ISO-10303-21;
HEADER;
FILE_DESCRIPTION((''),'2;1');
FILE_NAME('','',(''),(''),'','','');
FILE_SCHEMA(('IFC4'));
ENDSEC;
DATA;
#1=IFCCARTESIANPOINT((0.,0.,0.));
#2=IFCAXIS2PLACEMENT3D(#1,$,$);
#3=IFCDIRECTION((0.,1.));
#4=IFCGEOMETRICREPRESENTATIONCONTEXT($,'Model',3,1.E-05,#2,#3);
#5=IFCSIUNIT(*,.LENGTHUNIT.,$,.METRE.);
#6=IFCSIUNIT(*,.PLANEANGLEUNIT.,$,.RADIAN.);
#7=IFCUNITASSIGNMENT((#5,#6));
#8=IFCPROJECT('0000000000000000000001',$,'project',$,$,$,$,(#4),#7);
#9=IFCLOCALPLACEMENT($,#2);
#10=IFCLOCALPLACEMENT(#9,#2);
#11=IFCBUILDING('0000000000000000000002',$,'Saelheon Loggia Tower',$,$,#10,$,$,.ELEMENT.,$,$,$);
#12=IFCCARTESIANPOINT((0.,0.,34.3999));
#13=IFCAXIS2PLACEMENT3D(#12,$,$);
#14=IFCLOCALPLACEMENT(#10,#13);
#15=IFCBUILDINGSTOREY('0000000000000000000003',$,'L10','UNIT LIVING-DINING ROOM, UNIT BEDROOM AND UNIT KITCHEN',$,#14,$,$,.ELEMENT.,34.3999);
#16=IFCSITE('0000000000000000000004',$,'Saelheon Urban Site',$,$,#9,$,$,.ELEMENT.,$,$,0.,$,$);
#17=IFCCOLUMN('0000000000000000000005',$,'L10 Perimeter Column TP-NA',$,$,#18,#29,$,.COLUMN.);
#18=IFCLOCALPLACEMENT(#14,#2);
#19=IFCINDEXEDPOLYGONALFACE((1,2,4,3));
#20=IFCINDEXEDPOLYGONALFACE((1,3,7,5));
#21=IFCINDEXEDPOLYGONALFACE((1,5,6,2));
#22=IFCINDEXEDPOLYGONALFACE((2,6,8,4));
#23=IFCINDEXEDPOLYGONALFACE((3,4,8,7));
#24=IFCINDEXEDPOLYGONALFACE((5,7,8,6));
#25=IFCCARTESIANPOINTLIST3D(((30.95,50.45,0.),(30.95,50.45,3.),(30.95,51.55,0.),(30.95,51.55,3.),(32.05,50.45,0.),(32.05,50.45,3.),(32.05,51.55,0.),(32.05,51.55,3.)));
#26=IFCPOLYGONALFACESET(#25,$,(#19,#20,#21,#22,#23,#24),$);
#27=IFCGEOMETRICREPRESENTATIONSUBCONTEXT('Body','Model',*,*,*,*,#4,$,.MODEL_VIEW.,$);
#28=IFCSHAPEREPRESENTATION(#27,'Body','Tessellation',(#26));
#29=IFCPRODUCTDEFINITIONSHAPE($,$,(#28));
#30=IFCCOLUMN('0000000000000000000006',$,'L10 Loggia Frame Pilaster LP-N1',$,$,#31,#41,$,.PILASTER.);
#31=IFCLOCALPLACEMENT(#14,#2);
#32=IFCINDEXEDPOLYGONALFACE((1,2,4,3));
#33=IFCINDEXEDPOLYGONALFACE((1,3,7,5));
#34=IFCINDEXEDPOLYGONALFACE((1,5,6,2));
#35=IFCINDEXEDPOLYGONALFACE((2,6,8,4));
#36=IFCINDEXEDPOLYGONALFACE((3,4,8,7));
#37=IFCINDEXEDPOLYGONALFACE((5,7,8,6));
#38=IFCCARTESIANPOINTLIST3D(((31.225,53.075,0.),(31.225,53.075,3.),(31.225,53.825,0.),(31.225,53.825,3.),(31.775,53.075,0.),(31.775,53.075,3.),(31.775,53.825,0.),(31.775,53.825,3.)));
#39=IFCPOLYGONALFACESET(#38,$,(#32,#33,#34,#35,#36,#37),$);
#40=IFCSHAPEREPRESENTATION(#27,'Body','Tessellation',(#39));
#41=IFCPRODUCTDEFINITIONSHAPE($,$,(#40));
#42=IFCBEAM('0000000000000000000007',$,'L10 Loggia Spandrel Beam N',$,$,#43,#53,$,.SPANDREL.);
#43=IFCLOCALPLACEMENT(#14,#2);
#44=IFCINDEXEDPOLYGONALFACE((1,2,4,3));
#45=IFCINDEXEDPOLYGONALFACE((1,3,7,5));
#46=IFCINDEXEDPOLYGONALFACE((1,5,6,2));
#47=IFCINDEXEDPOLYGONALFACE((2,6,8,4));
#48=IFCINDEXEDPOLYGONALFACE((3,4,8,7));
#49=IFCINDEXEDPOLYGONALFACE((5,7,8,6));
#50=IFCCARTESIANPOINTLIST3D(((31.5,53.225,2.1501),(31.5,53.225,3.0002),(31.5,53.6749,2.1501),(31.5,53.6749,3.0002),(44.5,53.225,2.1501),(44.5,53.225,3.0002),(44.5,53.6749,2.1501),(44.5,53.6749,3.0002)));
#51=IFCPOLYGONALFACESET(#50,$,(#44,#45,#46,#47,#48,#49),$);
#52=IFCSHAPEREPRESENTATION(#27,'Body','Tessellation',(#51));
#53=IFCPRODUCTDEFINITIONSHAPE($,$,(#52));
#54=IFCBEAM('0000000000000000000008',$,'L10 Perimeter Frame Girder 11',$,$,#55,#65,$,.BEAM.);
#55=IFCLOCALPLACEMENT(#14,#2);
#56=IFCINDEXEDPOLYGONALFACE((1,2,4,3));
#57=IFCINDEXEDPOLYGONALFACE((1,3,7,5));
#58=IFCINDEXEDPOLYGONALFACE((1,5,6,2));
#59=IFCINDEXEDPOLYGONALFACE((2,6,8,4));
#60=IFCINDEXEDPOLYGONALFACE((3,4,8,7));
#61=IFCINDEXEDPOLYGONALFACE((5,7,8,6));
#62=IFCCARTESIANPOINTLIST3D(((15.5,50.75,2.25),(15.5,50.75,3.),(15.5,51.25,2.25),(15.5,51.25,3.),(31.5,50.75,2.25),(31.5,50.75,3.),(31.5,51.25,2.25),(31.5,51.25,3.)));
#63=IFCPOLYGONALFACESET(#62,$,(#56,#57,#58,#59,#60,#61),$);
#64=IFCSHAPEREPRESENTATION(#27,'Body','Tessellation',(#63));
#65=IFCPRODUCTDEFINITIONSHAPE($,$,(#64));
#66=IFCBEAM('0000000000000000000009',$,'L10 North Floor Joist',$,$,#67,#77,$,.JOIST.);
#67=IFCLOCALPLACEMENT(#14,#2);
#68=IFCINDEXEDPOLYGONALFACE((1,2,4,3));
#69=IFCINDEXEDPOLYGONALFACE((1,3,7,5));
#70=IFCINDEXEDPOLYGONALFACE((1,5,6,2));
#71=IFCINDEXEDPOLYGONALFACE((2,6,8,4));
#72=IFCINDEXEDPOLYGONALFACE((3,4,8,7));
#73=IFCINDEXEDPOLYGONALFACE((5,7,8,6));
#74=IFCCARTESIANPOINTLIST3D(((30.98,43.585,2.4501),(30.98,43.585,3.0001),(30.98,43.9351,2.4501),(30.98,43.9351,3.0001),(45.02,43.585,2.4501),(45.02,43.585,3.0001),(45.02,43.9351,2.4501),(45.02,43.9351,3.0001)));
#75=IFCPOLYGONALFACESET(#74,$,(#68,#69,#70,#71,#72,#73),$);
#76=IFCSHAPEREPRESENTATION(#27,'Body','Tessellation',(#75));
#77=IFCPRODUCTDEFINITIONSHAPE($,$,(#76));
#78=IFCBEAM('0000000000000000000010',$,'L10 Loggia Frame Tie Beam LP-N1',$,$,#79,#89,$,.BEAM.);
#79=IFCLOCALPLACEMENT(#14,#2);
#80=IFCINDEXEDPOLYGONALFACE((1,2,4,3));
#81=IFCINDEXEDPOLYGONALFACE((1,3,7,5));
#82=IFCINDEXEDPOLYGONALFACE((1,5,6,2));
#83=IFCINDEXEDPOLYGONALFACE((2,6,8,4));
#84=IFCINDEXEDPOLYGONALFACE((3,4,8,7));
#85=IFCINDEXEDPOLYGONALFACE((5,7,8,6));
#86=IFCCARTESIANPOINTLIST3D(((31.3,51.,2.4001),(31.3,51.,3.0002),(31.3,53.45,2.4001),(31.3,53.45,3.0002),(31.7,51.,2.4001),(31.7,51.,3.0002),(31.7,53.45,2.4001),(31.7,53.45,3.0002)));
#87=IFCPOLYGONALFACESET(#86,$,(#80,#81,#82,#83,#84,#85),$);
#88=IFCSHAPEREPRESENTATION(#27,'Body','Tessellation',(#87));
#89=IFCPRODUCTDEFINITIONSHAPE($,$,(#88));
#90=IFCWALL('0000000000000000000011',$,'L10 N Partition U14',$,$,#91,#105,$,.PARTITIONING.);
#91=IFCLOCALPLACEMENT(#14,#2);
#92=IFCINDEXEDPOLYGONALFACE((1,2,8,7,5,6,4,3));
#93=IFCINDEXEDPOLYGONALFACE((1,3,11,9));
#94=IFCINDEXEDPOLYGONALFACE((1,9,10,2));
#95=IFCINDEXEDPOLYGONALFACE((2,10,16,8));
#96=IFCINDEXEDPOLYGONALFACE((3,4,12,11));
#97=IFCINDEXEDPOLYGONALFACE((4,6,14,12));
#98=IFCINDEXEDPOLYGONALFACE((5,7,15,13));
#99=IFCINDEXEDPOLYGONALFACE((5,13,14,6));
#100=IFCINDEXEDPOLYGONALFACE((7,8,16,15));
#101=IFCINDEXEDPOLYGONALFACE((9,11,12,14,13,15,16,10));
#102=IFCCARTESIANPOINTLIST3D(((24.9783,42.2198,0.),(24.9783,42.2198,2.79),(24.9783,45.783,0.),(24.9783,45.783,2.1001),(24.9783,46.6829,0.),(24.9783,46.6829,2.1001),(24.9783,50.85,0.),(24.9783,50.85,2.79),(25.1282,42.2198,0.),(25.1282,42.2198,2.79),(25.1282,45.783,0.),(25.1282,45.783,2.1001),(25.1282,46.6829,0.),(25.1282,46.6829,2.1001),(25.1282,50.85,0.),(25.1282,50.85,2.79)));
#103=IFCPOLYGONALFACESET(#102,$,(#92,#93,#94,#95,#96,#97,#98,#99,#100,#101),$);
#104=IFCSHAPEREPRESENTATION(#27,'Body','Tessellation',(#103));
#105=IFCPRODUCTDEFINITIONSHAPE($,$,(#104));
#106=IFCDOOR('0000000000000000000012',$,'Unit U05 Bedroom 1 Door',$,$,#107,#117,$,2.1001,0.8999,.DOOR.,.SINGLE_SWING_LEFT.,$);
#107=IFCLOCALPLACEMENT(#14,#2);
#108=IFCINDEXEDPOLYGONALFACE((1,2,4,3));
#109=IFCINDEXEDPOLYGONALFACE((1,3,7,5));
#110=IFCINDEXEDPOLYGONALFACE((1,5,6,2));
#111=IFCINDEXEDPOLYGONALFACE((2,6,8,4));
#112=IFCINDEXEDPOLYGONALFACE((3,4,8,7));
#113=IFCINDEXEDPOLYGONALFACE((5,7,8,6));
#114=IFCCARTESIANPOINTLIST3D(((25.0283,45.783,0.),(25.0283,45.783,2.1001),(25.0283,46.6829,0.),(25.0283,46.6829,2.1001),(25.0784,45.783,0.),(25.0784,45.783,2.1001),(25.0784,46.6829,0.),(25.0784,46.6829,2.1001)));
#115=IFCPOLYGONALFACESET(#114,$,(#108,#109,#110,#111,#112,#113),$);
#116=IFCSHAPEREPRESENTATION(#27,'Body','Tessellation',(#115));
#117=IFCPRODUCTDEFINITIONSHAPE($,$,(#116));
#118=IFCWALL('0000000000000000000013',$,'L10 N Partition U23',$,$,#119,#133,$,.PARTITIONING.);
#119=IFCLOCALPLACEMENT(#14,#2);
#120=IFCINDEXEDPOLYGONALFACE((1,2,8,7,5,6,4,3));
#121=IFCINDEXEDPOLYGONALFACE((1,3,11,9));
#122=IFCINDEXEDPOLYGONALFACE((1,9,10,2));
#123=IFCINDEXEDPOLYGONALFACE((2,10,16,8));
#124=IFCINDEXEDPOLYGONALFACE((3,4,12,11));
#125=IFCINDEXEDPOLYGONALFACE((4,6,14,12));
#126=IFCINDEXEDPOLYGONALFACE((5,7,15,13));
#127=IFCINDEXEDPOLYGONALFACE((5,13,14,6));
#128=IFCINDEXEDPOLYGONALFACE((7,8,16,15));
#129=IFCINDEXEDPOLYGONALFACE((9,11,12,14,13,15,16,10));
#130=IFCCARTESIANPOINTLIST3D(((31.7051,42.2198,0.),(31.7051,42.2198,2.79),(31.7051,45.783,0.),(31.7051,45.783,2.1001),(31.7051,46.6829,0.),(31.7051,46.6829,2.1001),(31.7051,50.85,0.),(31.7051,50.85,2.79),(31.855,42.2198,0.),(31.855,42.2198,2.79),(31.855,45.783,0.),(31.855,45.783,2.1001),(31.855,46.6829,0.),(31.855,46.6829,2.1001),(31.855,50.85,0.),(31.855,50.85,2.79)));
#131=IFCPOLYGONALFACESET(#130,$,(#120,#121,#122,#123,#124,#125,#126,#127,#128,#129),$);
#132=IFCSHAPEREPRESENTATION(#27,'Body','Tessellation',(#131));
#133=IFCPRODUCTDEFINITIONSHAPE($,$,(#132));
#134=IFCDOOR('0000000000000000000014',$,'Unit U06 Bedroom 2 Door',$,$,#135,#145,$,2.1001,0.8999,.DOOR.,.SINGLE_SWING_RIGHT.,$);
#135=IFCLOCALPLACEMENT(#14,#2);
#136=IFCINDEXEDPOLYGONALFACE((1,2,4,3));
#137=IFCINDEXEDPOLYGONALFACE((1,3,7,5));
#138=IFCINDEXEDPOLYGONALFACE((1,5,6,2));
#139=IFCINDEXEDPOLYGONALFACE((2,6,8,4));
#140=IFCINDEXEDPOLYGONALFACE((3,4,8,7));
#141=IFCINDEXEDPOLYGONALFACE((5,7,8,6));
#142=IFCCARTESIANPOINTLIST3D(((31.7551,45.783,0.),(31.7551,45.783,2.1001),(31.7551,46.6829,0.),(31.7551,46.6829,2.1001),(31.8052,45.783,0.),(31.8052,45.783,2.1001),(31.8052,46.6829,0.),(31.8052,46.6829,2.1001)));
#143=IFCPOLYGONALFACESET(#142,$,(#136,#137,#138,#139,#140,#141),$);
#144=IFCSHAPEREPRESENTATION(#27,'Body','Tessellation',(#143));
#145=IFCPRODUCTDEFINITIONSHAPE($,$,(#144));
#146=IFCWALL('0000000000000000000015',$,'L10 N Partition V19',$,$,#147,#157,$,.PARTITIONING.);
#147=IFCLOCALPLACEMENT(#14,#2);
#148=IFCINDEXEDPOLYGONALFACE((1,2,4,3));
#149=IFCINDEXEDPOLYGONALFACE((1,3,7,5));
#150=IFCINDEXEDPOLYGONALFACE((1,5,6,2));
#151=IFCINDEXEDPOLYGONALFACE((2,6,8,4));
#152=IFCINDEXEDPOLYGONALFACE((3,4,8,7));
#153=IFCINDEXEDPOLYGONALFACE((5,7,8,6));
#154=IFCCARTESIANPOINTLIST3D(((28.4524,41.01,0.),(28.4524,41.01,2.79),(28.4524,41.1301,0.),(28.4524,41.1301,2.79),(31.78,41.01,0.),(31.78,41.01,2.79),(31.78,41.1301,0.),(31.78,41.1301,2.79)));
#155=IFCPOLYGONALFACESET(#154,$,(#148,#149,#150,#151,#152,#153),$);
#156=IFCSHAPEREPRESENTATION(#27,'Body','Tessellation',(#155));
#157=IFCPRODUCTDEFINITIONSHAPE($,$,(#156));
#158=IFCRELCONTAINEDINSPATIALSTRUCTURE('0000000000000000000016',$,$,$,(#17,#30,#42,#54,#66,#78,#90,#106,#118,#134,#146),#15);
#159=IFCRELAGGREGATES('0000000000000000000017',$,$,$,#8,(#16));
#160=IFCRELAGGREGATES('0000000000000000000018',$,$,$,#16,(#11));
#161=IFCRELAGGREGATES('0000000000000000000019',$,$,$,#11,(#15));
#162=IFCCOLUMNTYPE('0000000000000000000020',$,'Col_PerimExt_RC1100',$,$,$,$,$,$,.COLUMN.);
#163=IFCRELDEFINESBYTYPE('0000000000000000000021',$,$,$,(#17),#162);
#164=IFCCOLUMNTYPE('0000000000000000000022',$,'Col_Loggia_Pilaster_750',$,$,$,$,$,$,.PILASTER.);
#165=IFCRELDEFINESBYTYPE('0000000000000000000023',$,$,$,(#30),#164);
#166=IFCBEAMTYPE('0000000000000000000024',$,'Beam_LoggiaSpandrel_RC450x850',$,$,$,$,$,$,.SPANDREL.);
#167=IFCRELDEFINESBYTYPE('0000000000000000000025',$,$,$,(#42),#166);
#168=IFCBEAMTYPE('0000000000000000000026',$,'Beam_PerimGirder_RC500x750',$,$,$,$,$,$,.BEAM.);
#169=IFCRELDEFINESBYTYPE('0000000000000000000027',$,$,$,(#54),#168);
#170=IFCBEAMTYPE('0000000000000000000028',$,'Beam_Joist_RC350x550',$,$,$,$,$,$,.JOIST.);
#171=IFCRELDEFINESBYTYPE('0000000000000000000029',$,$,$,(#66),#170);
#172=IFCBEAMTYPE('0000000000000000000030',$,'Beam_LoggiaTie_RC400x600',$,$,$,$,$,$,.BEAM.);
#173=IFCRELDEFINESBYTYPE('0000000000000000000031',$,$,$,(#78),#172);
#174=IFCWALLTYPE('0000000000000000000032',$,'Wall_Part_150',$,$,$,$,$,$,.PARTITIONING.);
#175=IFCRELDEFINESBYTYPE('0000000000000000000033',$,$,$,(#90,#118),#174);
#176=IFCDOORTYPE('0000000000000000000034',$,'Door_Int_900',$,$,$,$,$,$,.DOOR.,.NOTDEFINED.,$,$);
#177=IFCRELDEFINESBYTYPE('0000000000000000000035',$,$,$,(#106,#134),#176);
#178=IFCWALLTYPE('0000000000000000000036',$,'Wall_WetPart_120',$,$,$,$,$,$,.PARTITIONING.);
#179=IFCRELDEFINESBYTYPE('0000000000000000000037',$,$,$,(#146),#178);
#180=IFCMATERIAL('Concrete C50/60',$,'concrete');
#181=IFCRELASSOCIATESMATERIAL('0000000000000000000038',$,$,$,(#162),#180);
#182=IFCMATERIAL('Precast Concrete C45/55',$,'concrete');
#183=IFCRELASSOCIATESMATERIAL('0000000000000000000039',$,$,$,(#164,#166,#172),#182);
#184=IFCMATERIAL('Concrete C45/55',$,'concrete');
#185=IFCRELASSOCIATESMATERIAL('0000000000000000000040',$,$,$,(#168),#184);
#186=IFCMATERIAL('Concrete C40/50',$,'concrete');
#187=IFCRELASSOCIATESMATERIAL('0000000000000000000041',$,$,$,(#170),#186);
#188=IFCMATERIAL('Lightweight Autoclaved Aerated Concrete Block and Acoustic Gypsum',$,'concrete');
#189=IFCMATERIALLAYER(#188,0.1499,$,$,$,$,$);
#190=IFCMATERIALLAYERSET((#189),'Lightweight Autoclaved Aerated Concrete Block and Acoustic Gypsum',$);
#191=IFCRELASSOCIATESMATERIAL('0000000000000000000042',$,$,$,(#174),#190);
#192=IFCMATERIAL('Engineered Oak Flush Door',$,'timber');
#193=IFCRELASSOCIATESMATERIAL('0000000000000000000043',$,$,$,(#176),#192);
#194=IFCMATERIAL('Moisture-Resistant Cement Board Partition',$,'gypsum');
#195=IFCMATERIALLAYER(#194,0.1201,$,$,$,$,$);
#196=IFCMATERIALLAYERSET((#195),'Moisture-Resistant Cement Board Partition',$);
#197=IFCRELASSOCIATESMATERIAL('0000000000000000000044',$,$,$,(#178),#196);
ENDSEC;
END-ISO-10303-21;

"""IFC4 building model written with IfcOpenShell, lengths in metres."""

from ifc_helpers import new_model, si_unit, direction, frame, frame_2d, origin, origin_2d, place, context, subcontext, project, spatial, rectangle, extrude, source, transform, mapped, material, layer, layer_set, material_profile, profile_set, type_object, element, fill, save


model = new_model("IFC4")

# Units and contexts
model_context = context("Model", 3, precision=1e-05, world=origin(), true_north=direction((0.0, 1.0)))
body_context = subcontext(model_context, "Body", "Model", "MODEL_VIEW")
ifc_project = project(units=[si_unit("LENGTHUNIT", "METRE"), si_unit("PLANEANGLEUNIT", "RADIAN")], contexts=[model_context])

# Site, building, storey
site_placement = place(None, origin())
site = spatial("IfcSite", under=ifc_project, at=site_placement, Name="Saelheon Urban Site", CompositionType="ELEMENT", RefElevation=0.0)
building_placement = place(site_placement, origin())
building = spatial("IfcBuilding", under=site, at=building_placement, Name="Saelheon Loggia Tower", CompositionType="ELEMENT")
storey_placement = place(building_placement, frame((0.0, 0.0, 34.3999)))
storey = spatial("IfcBuildingStorey", under=building, at=storey_placement, Name="L10", Description="UNIT LIVING-DINING ROOM, UNIT BEDROOM AND UNIT KITCHEN", CompositionType="ELEMENT", Elevation=34.3999)

# Columns
ifc_material_1 = material(Name="Concrete C50/60", Category="concrete")
ifc_material_profile_1 = material_profile(ifc_material_1, rectangle(XDim=1.1001, YDim=1.1001, at=origin_2d()), Name="RC-1100x1100")
ifc_profile_set_1 = profile_set([ifc_material_profile_1], Name="Concrete C50/60")
column_type_1 = type_object("IfcColumnType", Name="Col_PerimExt_RC1100", PredefinedType="COLUMN", material=ifc_profile_set_1)
shared_shape_1 = source(origin(), body_context, "Body", "SweptSolid", [
    extrude(rectangle(XDim=1.1001, YDim=1.1001, at=origin_2d()), origin(), (0.0, 0.0, 1.0), 3.0),
])
column_1_placement = place(storey_placement, frame((31.5, 51.0, 0.0), z_axis=(0.0, 0.0, 1.0), x_axis=(1.0, 0.0, 0.0)))
element("IfcColumn", 1, at=column_1_placement, inside=storey, type_object=column_type_1, Name="L10 Perimeter Column TP-NA", PredefinedType="COLUMN", context=body_context, shape_type="MappedRepresentation", body=[
    mapped(shared_shape_1, transform((0.0, 0.0, 0.0), scale=1.0)),
])
ifc_material_2 = material(Name="Precast Concrete C45/55", Category="concrete")
ifc_material_profile_2 = material_profile(ifc_material_2, rectangle(XDim=0.55, YDim=0.75, at=origin_2d()), Name="RC-550x750")
ifc_profile_set_2 = profile_set([ifc_material_profile_2], Name="Precast Concrete C45/55")
column_type_2 = type_object("IfcColumnType", Name="Col_Loggia_Pilaster_750", PredefinedType="PILASTER", material=ifc_profile_set_2)
shared_shape_2 = source(origin(), body_context, "Body", "SweptSolid", [
    extrude(rectangle(XDim=0.55, YDim=0.75, at=origin_2d()), origin(), (0.0, 0.0, 1.0), 3.0),
])
column_2_placement = place(storey_placement, frame((31.5, 53.45, 0.0), z_axis=(0.0, 0.0, 1.0), x_axis=(1.0, 0.0, 0.0)))
element("IfcColumn", 2, at=column_2_placement, inside=storey, type_object=column_type_2, Name="L10 Loggia Frame Pilaster LP-N1", PredefinedType="PILASTER", context=body_context, shape_type="MappedRepresentation", body=[
    mapped(shared_shape_2, transform((0.0, 0.0, 0.0), scale=1.0)),
])

# Beams
ifc_material_profile_3 = material_profile(ifc_material_2, rectangle(XDim=0.45, YDim=0.8501, at=origin_2d()), Name="RC-450x850")
ifc_profile_set_3 = profile_set([ifc_material_profile_3], Name="Precast Concrete C45/55")
beam_type_1 = type_object("IfcBeamType", Name="Beam_LoggiaSpandrel_RC450x850", PredefinedType="SPANDREL", material=ifc_profile_set_3)
shared_shape_3 = source(origin(), body_context, "Body", "SweptSolid", [
    extrude(rectangle(XDim=0.45, YDim=0.8501, at=origin_2d()), origin(), (0.0, 0.0, 1.0), 13.0),
])
beam_1_placement = place(storey_placement, frame((31.5, 53.45, 2.5752), z_axis=(1.0, 0.0, 0.0), x_axis=(0.0, 1.0, 0.0)))
element("IfcBeam", 3, at=beam_1_placement, inside=storey, type_object=beam_type_1, Name="L10 Loggia Spandrel Beam N", PredefinedType="SPANDREL", context=body_context, shape_type="MappedRepresentation", body=[
    mapped(shared_shape_3, transform((0.0, 0.0, 0.0), scale=1.0)),
])
ifc_material_3 = material(Name="Concrete C45/55", Category="concrete")
ifc_material_profile_4 = material_profile(ifc_material_3, rectangle(XDim=0.5, YDim=0.75, at=origin_2d()), Name="RC-500x750")
ifc_profile_set_4 = profile_set([ifc_material_profile_4], Name="Concrete C45/55")
beam_type_2 = type_object("IfcBeamType", Name="Beam_PerimGirder_RC500x750", PredefinedType="BEAM", material=ifc_profile_set_4)
shared_shape_4 = source(origin(), body_context, "Body", "SweptSolid", [
    extrude(rectangle(XDim=0.5, YDim=0.75, at=origin_2d()), origin(), (0.0, 0.0, 1.0), 16.0),
])
beam_2_placement = place(storey_placement, frame((31.5, 51.0, 2.625), z_axis=(-1.0, 0.0, 0.0), x_axis=(0.0, -1.0, 0.0)))
element("IfcBeam", 4, at=beam_2_placement, inside=storey, type_object=beam_type_2, Name="L10 Perimeter Frame Girder 11", PredefinedType="BEAM", context=body_context, shape_type="MappedRepresentation", body=[
    mapped(shared_shape_4, transform((0.0, 0.0, 0.0), scale=1.0)),
])
ifc_material_4 = material(Name="Concrete C40/50", Category="concrete")
ifc_material_profile_5 = material_profile(ifc_material_4, rectangle(XDim=0.3501, YDim=0.55, at=origin_2d()), Name="RC-350x550")
ifc_profile_set_5 = profile_set([ifc_material_profile_5], Name="Concrete C40/50")
beam_type_3 = type_object("IfcBeamType", Name="Beam_Joist_RC350x550", PredefinedType="JOIST", material=ifc_profile_set_5)
shared_shape_5 = source(origin(), body_context, "Body", "SweptSolid", [
    extrude(rectangle(XDim=0.3501, YDim=0.55, at=origin_2d()), origin(), (0.0, 0.0, 1.0), 14.04),
])
beam_3_placement = place(storey_placement, frame((30.98, 43.76, 2.7251), z_axis=(1.0, 0.0, 0.0), x_axis=(0.0, 1.0, 0.0)))
element("IfcBeam", 5, at=beam_3_placement, inside=storey, type_object=beam_type_3, Name="L10 North Floor Joist", PredefinedType="JOIST", context=body_context, shape_type="MappedRepresentation", body=[
    mapped(shared_shape_5, transform((0.0, 0.0, 0.0), scale=1.0)),
])
ifc_material_profile_6 = material_profile(ifc_material_2, rectangle(XDim=0.3999, YDim=0.6001, at=origin_2d()), Name="RC-400x600")
ifc_profile_set_6 = profile_set([ifc_material_profile_6], Name="Precast Concrete C45/55")
beam_type_4 = type_object("IfcBeamType", Name="Beam_LoggiaTie_RC400x600", PredefinedType="BEAM", material=ifc_profile_set_6)
shared_shape_6 = source(origin(), body_context, "Body", "SweptSolid", [
    extrude(rectangle(XDim=0.3999, YDim=0.6001, at=origin_2d()), origin(), (0.0, 0.0, 1.0), 2.45),
])
beam_4_placement = place(storey_placement, frame((31.5, 51.0, 2.7002), z_axis=(0.0, 1.0, 0.0), x_axis=(-1.0, 0.0, 0.0)))
element("IfcBeam", 6, at=beam_4_placement, inside=storey, type_object=beam_type_4, Name="L10 Loggia Frame Tie Beam LP-N1", PredefinedType="BEAM", context=body_context, shape_type="MappedRepresentation", body=[
    mapped(shared_shape_6, transform((0.0, 0.0, 0.0), scale=1.0)),
])

# Walls, openings, doors
ifc_material_5 = material(Name="Lightweight Autoclaved Aerated Concrete Block and Acoustic Gypsum", Category="concrete")
ifc_layer_1 = layer(ifc_material_5, 0.1499)
ifc_layer_set_1 = layer_set([ifc_layer_1], Name="Lightweight Autoclaved Aerated Concrete Block and Acoustic Gypsum")
wall_type_1 = type_object("IfcWallType", Name="Wall_Part_150", PredefinedType="PARTITIONING", material=ifc_layer_set_1)
wall_1_placement = place(storey_placement, frame((25.0532, 42.22, 0.0), z_axis=(0.0, 0.0, 1.0), x_axis=(0.0, 1.0, 0.0)))
wall_1 = element("IfcWall", 7, at=wall_1_placement, inside=storey, type_object=wall_type_1, Name="L10 N Partition U14", PredefinedType="PARTITIONING", context=body_context, shape_type="SweptSolid", body=[
    extrude(rectangle(XDim=8.6301, YDim=0.1499, at=frame_2d((4.3149, 0.0))), origin(), (0.0, 0.0, 1.0), 2.79),
])
opening_1_placement = place(wall_1_placement, frame((3.563, 0.0, 0.0)))
opening_1 = element("IfcOpeningElement", 8, at=opening_1_placement, cuts=wall_1, PredefinedType="OPENING", context=body_context, shape_type="SweptSolid", body=[
    extrude(rectangle(XDim=0.8999, YDim=2.1001, at=frame_2d((0.45, 1.05))), frame((0.0, 0.0869, 0.0), z_axis=(0.0, -1.0, 0.0), x_axis=(1.0, 0.0, 0.0)), (0.0, 0.0, 1.0), 0.1738),
])
ifc_material_6 = material(Name="Engineered Oak Flush Door", Category="timber")
door_type_1 = type_object("IfcDoorType", Name="Door_Int_900", OperationType="NOTDEFINED", PredefinedType="DOOR", material=ifc_material_6)
shared_shape_7 = source(origin(), body_context, "Body", "SweptSolid", [
    extrude(rectangle(XDim=0.8999, YDim=2.1001, at=frame_2d((0.45, 1.05))), frame((0.0, 0.0249, 0.0), z_axis=(0.0, -1.0, 0.0), x_axis=(1.0, 0.0, 0.0)), (0.0, 0.0, 1.0), 0.05),
])
door_1_placement = place(opening_1_placement, origin())
door_1 = element("IfcDoor", 9, at=door_1_placement, inside=storey, type_object=door_type_1, Name="Unit U05 Bedroom 1 Door", OperationType="SINGLE_SWING_LEFT", OverallHeight=2.1001, OverallWidth=0.8999, PredefinedType="DOOR", context=body_context, shape_type="MappedRepresentation", body=[
    mapped(shared_shape_7, transform((0.0, 0.0, 0.0), scale=1.0)),
])
fill(opening_1, door_1)
wall_2_placement = place(storey_placement, frame((31.78, 42.22, 0.0), z_axis=(0.0, 0.0, 1.0), x_axis=(0.0, 1.0, 0.0)))
wall_2 = element("IfcWall", 10, at=wall_2_placement, inside=storey, type_object=wall_type_1, Name="L10 N Partition U23", PredefinedType="PARTITIONING", context=body_context, shape_type="SweptSolid", body=[
    extrude(rectangle(XDim=8.6301, YDim=0.1499, at=frame_2d((4.3149, 0.0))), origin(), (0.0, 0.0, 1.0), 2.79),
])
opening_2_placement = place(wall_2_placement, frame((3.563, 0.0, 0.0)))
opening_2 = element("IfcOpeningElement", 11, at=opening_2_placement, cuts=wall_2, PredefinedType="OPENING", context=body_context, shape_type="SweptSolid", body=[
    extrude(rectangle(XDim=0.8999, YDim=2.1001, at=frame_2d((0.45, 1.05))), frame((0.0, 0.0869, 0.0), z_axis=(0.0, -1.0, 0.0), x_axis=(1.0, 0.0, 0.0)), (0.0, 0.0, 1.0), 0.1738),
])
door_2_placement = place(opening_2_placement, origin())
door_2 = element("IfcDoor", 12, at=door_2_placement, inside=storey, type_object=door_type_1, Name="Unit U06 Bedroom 2 Door", OperationType="SINGLE_SWING_RIGHT", OverallHeight=2.1001, OverallWidth=0.8999, PredefinedType="DOOR", context=body_context, shape_type="MappedRepresentation", body=[
    mapped(shared_shape_7, transform((0.0, 0.0, 0.0), scale=1.0)),
])
fill(opening_2, door_2)

# Wall
ifc_material_7 = material(Name="Moisture-Resistant Cement Board Partition", Category="gypsum")
ifc_layer_2 = layer(ifc_material_7, 0.1201)
ifc_layer_set_2 = layer_set([ifc_layer_2], Name="Moisture-Resistant Cement Board Partition")
wall_type_2 = type_object("IfcWallType", Name="Wall_WetPart_120", PredefinedType="PARTITIONING", material=ifc_layer_set_2)
wall_3_placement = place(storey_placement, frame((28.4524, 41.0701, 0.0), z_axis=(0.0, 0.0, 1.0), x_axis=(1.0, 0.0, 0.0)))
element("IfcWall", 13, at=wall_3_placement, inside=storey, type_object=wall_type_2, Name="L10 N Partition V19", PredefinedType="PARTITIONING", context=body_context, shape_type="SweptSolid", body=[
    extrude(rectangle(XDim=3.3276, YDim=0.1201, at=frame_2d((1.6638, 0.0))), origin(), (0.0, 0.0, 1.0), 2.79),
])

save(model, "model.ifc")
